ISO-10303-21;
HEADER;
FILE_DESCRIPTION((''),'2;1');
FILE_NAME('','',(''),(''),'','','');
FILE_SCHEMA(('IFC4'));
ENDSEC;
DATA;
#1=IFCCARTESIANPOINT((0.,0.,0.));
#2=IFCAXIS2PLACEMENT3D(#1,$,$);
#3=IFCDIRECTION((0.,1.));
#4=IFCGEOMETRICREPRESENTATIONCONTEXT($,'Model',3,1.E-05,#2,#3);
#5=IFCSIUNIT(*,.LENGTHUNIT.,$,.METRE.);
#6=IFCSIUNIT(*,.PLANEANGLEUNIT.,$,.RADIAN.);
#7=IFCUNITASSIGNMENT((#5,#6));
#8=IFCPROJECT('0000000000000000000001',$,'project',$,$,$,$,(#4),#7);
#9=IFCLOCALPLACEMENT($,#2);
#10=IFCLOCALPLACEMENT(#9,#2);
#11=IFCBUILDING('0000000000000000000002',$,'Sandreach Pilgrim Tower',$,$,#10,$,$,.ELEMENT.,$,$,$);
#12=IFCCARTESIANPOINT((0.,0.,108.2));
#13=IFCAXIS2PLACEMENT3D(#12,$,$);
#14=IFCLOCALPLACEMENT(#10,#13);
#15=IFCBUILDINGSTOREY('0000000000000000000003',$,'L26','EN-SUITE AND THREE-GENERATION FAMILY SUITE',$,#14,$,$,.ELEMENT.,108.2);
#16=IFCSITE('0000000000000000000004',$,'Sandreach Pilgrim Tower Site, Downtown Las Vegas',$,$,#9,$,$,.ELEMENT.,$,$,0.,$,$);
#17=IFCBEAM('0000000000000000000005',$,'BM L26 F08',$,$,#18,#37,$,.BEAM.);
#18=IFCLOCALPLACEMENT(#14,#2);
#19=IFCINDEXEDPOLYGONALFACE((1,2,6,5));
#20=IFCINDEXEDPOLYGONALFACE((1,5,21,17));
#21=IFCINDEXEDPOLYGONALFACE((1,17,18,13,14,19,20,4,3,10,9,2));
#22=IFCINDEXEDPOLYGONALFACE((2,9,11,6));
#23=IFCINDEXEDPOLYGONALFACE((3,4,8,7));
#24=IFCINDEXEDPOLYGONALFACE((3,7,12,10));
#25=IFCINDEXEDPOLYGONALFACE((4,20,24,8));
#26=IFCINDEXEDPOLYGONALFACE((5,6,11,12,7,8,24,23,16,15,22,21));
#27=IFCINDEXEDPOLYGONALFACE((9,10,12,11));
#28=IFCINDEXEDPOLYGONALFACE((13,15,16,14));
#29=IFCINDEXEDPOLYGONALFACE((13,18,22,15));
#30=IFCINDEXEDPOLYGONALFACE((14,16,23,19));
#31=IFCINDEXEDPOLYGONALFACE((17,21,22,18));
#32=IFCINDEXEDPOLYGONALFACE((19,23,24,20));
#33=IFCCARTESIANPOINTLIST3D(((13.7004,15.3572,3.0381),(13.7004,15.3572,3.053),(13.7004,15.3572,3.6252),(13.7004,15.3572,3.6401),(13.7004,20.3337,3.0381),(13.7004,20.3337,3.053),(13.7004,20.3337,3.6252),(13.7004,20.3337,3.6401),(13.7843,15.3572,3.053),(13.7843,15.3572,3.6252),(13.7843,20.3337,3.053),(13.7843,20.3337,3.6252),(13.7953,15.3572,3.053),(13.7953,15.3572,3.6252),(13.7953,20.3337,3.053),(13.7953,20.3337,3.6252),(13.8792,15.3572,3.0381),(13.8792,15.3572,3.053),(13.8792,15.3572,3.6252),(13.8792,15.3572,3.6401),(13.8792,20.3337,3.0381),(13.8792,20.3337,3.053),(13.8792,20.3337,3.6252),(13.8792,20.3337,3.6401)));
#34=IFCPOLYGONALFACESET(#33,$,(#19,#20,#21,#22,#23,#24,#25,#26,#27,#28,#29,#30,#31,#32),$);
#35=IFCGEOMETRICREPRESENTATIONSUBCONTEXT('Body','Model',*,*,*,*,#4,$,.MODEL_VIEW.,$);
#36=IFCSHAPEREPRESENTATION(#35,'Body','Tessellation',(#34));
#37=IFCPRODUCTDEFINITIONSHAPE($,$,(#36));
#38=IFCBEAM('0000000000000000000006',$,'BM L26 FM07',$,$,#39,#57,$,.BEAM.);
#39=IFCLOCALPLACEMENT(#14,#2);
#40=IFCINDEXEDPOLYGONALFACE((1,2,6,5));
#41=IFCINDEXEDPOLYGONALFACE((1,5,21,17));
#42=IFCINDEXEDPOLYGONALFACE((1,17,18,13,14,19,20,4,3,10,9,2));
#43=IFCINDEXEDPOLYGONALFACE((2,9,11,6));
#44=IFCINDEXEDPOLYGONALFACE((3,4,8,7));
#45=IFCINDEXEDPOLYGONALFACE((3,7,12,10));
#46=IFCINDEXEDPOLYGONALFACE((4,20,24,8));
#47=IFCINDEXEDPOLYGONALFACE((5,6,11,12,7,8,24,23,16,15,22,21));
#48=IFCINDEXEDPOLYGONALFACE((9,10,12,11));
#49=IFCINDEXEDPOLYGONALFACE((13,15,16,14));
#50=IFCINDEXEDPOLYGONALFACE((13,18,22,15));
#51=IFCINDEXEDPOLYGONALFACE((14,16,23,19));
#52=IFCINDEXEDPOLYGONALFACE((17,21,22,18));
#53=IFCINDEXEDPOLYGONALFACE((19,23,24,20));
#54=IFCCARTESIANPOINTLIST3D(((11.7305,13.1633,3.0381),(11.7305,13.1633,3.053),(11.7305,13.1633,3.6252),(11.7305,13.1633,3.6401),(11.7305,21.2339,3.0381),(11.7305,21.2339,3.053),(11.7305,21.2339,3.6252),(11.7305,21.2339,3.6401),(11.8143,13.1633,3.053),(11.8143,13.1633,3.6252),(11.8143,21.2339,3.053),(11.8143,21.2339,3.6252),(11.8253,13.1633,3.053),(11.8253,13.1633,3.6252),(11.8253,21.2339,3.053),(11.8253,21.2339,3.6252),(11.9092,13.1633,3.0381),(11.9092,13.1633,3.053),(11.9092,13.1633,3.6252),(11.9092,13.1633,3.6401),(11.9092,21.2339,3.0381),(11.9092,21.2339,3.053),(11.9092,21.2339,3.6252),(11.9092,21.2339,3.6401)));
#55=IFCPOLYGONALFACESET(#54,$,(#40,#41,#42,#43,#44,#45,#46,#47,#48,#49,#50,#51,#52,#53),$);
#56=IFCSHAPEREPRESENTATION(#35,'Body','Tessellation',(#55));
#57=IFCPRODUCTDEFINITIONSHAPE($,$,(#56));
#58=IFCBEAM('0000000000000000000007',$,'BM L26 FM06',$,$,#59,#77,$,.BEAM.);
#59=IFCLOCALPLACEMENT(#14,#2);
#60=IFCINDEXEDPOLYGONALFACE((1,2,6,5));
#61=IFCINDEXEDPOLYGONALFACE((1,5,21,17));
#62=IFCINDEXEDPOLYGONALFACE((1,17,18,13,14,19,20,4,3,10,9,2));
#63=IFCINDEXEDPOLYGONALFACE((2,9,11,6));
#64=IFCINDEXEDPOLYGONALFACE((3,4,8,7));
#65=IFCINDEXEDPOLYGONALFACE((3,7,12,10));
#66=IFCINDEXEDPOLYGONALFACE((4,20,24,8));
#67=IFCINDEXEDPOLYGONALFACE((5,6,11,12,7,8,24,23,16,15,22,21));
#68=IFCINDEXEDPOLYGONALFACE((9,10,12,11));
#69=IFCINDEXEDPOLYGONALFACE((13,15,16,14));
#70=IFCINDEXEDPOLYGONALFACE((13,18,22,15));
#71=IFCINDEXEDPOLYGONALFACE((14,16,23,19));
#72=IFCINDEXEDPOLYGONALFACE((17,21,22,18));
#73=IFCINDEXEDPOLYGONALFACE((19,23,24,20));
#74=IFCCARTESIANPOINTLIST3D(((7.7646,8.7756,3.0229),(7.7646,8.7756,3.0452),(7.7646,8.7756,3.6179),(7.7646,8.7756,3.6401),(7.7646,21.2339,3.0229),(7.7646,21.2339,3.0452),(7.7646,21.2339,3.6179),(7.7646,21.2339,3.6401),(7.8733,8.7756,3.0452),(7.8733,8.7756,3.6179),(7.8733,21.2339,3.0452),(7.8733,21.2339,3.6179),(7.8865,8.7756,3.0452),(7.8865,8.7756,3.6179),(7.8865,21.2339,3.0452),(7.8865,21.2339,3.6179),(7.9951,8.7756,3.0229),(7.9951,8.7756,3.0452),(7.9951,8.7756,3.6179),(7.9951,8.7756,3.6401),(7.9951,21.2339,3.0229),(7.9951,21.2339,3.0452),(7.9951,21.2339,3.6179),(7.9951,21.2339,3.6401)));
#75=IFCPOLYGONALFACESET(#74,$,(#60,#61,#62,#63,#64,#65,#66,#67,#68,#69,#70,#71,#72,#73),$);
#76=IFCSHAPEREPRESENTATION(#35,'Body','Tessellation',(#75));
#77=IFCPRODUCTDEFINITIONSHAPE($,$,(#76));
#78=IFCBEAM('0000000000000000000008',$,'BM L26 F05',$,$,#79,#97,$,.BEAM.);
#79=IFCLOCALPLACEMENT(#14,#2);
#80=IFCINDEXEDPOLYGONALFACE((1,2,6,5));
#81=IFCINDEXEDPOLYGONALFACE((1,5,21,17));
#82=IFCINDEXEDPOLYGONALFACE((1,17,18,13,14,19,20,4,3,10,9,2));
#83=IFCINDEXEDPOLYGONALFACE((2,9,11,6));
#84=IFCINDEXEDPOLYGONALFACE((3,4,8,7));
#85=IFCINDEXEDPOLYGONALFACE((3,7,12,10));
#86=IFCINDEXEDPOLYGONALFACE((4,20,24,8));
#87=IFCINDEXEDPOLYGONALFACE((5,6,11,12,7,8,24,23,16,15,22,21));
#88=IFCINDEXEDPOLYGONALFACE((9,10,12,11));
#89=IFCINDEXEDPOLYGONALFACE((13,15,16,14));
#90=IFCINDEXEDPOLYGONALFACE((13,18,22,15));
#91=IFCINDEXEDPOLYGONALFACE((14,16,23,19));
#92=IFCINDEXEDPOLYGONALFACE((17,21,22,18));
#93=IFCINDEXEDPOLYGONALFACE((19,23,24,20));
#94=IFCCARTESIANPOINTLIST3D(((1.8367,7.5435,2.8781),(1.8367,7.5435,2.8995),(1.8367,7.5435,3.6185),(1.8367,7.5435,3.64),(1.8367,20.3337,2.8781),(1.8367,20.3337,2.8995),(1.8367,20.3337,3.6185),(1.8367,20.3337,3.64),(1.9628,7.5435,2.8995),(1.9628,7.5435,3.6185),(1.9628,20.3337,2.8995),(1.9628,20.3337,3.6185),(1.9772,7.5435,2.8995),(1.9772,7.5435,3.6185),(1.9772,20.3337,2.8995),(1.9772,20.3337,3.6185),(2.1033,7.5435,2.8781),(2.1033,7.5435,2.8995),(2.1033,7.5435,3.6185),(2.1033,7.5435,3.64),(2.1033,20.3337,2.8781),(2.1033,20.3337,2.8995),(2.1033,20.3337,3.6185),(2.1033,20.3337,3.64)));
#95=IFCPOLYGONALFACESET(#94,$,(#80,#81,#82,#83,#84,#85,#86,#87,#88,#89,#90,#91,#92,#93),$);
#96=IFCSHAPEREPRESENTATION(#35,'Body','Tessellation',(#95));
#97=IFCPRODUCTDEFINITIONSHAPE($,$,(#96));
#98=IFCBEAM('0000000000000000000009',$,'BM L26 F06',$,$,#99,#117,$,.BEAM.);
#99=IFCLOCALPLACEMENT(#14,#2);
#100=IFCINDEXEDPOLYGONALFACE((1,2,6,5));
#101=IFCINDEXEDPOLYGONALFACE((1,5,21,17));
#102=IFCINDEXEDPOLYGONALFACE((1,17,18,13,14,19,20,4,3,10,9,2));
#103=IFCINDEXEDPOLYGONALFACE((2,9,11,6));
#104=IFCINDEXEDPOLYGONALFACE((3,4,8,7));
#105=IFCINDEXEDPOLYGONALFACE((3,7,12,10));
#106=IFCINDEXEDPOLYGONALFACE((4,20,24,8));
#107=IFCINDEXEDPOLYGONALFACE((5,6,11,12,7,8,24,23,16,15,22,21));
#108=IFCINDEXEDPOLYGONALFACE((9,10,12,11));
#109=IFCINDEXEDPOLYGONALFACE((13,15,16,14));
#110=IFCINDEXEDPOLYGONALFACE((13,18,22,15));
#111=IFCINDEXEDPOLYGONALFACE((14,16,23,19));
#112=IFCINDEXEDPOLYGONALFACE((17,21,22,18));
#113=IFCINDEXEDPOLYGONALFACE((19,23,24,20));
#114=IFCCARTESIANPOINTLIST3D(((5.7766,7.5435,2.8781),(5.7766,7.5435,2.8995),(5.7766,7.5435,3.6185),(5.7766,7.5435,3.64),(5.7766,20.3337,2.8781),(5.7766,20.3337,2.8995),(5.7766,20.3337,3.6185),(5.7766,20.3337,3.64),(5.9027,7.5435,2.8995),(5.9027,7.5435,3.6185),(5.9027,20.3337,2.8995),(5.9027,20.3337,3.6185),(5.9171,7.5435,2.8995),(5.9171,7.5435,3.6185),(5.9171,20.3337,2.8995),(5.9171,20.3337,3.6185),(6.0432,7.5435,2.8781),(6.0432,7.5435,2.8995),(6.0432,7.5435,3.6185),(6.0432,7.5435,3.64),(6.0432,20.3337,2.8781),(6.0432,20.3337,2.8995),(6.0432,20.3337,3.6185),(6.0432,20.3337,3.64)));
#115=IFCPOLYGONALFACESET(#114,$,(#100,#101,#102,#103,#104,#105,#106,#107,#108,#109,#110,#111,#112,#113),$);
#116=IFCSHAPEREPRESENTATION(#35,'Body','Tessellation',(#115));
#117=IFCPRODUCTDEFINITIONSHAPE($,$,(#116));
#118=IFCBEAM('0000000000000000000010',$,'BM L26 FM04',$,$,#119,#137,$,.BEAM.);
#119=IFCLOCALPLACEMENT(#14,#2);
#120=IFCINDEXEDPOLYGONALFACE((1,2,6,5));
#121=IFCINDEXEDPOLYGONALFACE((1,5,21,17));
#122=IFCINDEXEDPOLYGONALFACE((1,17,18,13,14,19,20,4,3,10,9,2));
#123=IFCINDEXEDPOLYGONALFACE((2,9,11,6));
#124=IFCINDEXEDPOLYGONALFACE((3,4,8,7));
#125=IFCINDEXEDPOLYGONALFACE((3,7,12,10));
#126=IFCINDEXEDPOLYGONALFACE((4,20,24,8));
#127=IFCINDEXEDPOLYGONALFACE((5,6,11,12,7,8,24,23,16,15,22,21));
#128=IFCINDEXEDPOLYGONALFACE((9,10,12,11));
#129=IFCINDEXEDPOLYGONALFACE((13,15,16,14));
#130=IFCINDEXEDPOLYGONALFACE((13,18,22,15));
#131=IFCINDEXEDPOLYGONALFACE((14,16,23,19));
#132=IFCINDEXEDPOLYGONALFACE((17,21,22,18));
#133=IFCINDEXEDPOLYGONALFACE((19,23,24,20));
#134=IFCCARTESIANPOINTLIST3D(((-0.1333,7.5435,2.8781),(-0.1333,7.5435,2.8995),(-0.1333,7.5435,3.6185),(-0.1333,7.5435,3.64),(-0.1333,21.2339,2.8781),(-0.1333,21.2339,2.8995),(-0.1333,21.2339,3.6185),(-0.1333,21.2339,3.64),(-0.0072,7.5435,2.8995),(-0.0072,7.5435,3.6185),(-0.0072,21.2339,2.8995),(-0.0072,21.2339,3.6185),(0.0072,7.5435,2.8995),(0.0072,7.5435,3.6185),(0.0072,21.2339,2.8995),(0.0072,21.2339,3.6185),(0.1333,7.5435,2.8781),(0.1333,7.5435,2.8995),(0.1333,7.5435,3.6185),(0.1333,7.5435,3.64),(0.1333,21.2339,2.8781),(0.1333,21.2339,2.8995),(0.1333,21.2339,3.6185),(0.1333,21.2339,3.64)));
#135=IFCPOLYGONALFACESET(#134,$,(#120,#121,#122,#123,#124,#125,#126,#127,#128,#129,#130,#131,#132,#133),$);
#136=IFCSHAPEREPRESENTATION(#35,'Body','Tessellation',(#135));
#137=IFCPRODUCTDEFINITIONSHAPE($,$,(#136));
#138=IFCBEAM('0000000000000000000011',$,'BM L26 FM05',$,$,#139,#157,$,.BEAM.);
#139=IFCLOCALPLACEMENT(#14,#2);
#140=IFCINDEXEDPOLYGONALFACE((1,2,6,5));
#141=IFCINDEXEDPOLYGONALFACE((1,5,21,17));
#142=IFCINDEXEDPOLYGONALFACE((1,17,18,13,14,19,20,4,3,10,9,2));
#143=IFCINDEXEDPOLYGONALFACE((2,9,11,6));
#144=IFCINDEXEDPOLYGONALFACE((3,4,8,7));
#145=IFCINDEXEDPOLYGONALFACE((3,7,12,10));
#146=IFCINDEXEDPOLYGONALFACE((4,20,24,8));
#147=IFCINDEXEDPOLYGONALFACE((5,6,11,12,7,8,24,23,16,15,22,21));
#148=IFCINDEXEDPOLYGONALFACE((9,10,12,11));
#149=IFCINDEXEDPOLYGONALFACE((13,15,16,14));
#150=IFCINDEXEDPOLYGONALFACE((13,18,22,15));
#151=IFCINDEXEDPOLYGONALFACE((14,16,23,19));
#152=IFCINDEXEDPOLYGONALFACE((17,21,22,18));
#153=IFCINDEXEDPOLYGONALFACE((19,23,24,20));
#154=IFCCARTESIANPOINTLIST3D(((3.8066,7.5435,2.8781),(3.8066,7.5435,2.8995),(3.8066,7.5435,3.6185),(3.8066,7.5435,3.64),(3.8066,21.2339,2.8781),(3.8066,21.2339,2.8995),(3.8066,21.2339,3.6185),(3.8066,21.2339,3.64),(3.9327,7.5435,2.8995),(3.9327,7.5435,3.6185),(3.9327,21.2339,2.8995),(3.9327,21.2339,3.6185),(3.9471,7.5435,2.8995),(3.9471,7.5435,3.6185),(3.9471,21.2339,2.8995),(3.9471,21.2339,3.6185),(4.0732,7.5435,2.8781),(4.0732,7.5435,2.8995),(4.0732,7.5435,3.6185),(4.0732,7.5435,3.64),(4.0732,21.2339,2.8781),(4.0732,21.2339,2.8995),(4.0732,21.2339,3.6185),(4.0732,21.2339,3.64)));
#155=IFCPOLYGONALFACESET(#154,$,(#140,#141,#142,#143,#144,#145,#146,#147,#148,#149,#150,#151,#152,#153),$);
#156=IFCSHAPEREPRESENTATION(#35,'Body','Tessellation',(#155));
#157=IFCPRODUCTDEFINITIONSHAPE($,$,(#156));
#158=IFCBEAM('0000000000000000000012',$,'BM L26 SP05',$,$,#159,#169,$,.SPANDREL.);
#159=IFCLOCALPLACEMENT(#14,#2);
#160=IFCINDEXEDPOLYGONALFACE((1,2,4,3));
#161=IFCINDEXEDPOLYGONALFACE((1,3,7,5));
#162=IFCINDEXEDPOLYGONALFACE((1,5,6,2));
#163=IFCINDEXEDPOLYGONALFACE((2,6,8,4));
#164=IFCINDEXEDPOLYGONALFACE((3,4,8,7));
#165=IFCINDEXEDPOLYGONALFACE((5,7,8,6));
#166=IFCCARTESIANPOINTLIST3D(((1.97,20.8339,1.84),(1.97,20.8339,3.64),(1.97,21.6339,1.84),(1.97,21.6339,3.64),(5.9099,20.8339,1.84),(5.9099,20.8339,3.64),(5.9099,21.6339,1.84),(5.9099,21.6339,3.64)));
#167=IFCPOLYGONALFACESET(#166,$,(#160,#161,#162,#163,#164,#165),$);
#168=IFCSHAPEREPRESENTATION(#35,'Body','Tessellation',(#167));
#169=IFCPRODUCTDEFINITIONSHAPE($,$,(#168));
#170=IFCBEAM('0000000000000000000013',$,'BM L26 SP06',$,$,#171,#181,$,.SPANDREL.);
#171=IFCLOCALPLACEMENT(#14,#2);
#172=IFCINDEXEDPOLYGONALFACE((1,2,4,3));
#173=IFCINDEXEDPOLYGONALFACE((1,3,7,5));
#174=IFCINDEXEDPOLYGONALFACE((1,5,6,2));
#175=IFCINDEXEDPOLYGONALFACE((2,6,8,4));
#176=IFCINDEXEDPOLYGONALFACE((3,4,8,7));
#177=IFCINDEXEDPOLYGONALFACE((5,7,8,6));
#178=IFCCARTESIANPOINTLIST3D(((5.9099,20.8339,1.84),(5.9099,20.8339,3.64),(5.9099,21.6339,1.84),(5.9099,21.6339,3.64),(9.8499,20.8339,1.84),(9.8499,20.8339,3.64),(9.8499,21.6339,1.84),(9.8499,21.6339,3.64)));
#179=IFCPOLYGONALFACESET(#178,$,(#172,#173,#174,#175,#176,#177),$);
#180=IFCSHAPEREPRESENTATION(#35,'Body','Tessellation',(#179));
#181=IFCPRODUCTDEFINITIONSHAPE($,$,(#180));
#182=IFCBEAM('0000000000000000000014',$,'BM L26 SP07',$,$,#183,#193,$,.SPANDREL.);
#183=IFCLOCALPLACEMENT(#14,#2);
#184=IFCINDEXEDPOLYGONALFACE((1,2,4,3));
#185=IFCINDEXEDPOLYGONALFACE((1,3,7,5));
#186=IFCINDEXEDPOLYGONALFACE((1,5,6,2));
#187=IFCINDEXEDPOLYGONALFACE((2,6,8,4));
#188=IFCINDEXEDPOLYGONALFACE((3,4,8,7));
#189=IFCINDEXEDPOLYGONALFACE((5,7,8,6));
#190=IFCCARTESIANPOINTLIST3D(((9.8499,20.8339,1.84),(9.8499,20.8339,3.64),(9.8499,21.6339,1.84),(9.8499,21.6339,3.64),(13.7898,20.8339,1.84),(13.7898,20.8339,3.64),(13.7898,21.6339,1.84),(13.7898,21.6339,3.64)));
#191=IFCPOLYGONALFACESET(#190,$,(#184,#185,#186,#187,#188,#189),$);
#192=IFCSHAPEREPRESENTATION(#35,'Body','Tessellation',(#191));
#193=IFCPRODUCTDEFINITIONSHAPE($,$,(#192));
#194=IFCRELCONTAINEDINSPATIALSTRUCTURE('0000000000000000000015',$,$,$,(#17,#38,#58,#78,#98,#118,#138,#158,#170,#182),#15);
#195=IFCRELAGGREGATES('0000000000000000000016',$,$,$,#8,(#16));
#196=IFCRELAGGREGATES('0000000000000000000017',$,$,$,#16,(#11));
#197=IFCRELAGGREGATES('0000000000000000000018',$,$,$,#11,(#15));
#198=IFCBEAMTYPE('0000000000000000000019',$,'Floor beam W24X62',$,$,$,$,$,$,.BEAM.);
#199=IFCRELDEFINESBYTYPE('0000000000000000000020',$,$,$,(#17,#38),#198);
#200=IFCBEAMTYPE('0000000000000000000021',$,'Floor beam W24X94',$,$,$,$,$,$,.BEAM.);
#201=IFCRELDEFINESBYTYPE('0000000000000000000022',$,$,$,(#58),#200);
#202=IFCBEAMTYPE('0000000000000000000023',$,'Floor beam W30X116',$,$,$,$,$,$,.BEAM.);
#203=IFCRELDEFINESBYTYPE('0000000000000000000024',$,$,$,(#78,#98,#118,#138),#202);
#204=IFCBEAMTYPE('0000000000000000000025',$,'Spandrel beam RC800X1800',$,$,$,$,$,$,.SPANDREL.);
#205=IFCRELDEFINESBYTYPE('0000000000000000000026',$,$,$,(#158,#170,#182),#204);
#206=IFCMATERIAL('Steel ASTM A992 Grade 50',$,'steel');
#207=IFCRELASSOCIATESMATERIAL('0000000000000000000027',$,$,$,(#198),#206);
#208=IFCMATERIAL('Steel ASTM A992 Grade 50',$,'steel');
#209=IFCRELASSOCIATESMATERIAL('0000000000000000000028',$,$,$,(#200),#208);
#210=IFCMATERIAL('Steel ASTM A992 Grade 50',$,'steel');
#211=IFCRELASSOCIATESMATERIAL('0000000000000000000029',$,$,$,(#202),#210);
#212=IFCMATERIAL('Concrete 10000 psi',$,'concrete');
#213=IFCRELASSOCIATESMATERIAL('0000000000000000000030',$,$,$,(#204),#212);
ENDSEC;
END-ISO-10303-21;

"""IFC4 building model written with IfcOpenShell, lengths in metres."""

from ifc_helpers import new_model, si_unit, direction, frame, origin, origin_2d, place, context, subcontext, project, spatial, rectangle, i_section, extrude, material, material_profile, profile_set, type_object, element, save


model = new_model("IFC4")

# Units and contexts
model_context = context("Model", 3, precision=1e-05, world=origin(), true_north=direction((0.0, 1.0)))
body_context = subcontext(model_context, "Body", "Model", "MODEL_VIEW")
ifc_project = project(units=[si_unit("LENGTHUNIT", "METRE"), si_unit("PLANEANGLEUNIT", "RADIAN")], contexts=[model_context])

# Site, building, storey
site_placement = place(None, origin())
site = spatial("IfcSite", under=ifc_project, at=site_placement, Name="Sandreach Pilgrim Tower Site, Downtown Las Vegas", CompositionType="ELEMENT", RefElevation=0.0)
building_placement = place(site_placement, origin())
building = spatial("IfcBuilding", under=site, at=building_placement, Name="Sandreach Pilgrim Tower", CompositionType="ELEMENT")
storey_placement = place(building_placement, frame((0.0, 0.0, 108.2)))
storey = spatial("IfcBuildingStorey", under=building, at=storey_placement, Name="L26", Description="EN-SUITE AND THREE-GENERATION FAMILY SUITE", CompositionType="ELEMENT", Elevation=108.2)

# Beams
ifc_material_1 = material(Name="Steel ASTM A992 Grade 50", Category="steel")
ifc_material_profile_1 = material_profile(ifc_material_1, i_section(OverallWidth=0.1787, OverallDepth=0.6021, WebThickness=0.011, FlangeThickness=0.0149, at=origin_2d()), Name="W24X62")
ifc_profile_set_1 = profile_set([ifc_material_profile_1], Name="Steel ASTM A992 Grade 50")
beam_type_1 = type_object("IfcBeamType", Name="Floor beam W24X62", PredefinedType="BEAM", material=ifc_profile_set_1)
beam_1_placement = place(storey_placement, frame((13.7898, 20.3337, 3.3391), z_axis=(0.0, -1.0, 0.0), x_axis=(1.0, 0.0, 0.0)))
element("IfcBeam", 1, at=beam_1_placement, inside=storey, type_object=beam_type_1, Name="BM L26 F08", PredefinedType="BEAM", context=body_context, shape_type="SweptSolid", body=[
    extrude(i_section(OverallWidth=0.1787, OverallDepth=0.6021, WebThickness=0.011, FlangeThickness=0.0149, at=origin_2d()), origin(), (0.0, 0.0, 1.0), 4.9766),
])
beam_2_placement = place(storey_placement, frame((11.8198, 21.2339, 3.3391), z_axis=(0.0, -1.0, 0.0), x_axis=(1.0, 0.0, 0.0)))
element("IfcBeam", 2, at=beam_2_placement, inside=storey, type_object=beam_type_1, Name="BM L26 FM07", PredefinedType="BEAM", context=body_context, shape_type="SweptSolid", body=[
    extrude(i_section(OverallWidth=0.1787, OverallDepth=0.6021, WebThickness=0.011, FlangeThickness=0.0149, at=origin_2d()), origin(), (0.0, 0.0, 1.0), 8.0706),
])
ifc_material_2 = material(Name="Steel ASTM A992 Grade 50", Category="steel")
ifc_material_profile_2 = material_profile(ifc_material_2, i_section(OverallWidth=0.2305, OverallDepth=0.6172, WebThickness=0.0132, FlangeThickness=0.0222, at=origin_2d()), Name="W24X94")
ifc_profile_set_2 = profile_set([ifc_material_profile_2], Name="Steel ASTM A992 Grade 50")
beam_type_2 = type_object("IfcBeamType", Name="Floor beam W24X94", PredefinedType="BEAM", material=ifc_profile_set_2)
beam_3_placement = place(storey_placement, frame((7.8799, 21.2339, 3.3315), z_axis=(0.0, -1.0, 0.0), x_axis=(1.0, 0.0, 0.0)))
element("IfcBeam", 3, at=beam_3_placement, inside=storey, type_object=beam_type_2, Name="BM L26 FM06", PredefinedType="BEAM", context=body_context, shape_type="SweptSolid", body=[
    extrude(i_section(OverallWidth=0.2305, OverallDepth=0.6172, WebThickness=0.0132, FlangeThickness=0.0222, at=origin_2d()), origin(), (0.0, 0.0, 1.0), 12.4583),
])
ifc_material_3 = material(Name="Steel ASTM A992 Grade 50", Category="steel")
ifc_material_profile_3 = material_profile(ifc_material_3, i_section(OverallWidth=0.2666, OverallDepth=0.762, WebThickness=0.0144, FlangeThickness=0.0215, at=origin_2d()), Name="W30X116")
ifc_profile_set_3 = profile_set([ifc_material_profile_3], Name="Steel ASTM A992 Grade 50")
beam_type_3 = type_object("IfcBeamType", Name="Floor beam W30X116", PredefinedType="BEAM", material=ifc_profile_set_3)
for number, where, z_axis, x_axis, name in (
    (4, (1.97, 20.3337, 3.259), (0.0, -1.0, 0.0), (1.0, 0.0, 0.0), "BM L26 F05"),
    (5, (5.9099, 20.3337, 3.259), (0.0, -1.0, 0.0), (1.0, 0.0, 0.0), "BM L26 F06"),
):
    element("IfcBeam", number, at=place(storey_placement, frame(where, z_axis=z_axis, x_axis=x_axis)), inside=storey, type_object=beam_type_3, Name=name, PredefinedType="BEAM", context=body_context, shape_type="SweptSolid", body=[
        extrude(i_section(OverallWidth=0.2666, OverallDepth=0.762, WebThickness=0.0144, FlangeThickness=0.0215, at=origin_2d()), origin(), (0.0, 0.0, 1.0), 12.7903),
    ])
for number, where, z_axis, x_axis, name in (
    (6, (0.0, 21.2339, 3.259), (0.0, -1.0, 0.0), (1.0, 0.0, 0.0), "BM L26 FM04"),
    (7, (3.9399, 21.2339, 3.259), (0.0, -1.0, 0.0), (1.0, 0.0, 0.0), "BM L26 FM05"),
):
    element("IfcBeam", number, at=place(storey_placement, frame(where, z_axis=z_axis, x_axis=x_axis)), inside=storey, type_object=beam_type_3, Name=name, PredefinedType="BEAM", context=body_context, shape_type="SweptSolid", body=[
        extrude(i_section(OverallWidth=0.2666, OverallDepth=0.762, WebThickness=0.0144, FlangeThickness=0.0215, at=origin_2d()), origin(), (0.0, 0.0, 1.0), 13.6904),
    ])
ifc_material_4 = material(Name="Concrete 10000 psi", Category="concrete")
ifc_material_profile_4 = material_profile(ifc_material_4, rectangle(XDim=0.8, YDim=1.8, at=origin_2d()), Name="RC800X1800")
ifc_profile_set_4 = profile_set([ifc_material_profile_4], Name="Concrete 10000 psi")
beam_type_4 = type_object("IfcBeamType", Name="Spandrel beam RC800X1800", PredefinedType="SPANDREL", material=ifc_profile_set_4)
for number, where, z_axis, x_axis, name in (
    (8, (1.97, 21.2339, 2.74), (1.0, 0.0, 0.0), (0.0, 1.0, 0.0), "BM L26 SP05"),
    (9, (5.9099, 21.2339, 2.74), (1.0, 0.0, 0.0), (0.0, 1.0, 0.0), "BM L26 SP06"),
    (10, (9.8499, 21.2339, 2.74), (1.0, 0.0, 0.0), (0.0, 1.0, 0.0), "BM L26 SP07"),
):
    element("IfcBeam", number, at=place(storey_placement, frame(where, z_axis=z_axis, x_axis=x_axis)), inside=storey, type_object=beam_type_4, Name=name, PredefinedType="SPANDREL", context=body_context, shape_type="SweptSolid", body=[
        extrude(rectangle(XDim=0.8, YDim=1.8, at=origin_2d()), origin(), (0.0, 0.0, 1.0), 3.9399),
    ])

save(model, "model.ifc")
